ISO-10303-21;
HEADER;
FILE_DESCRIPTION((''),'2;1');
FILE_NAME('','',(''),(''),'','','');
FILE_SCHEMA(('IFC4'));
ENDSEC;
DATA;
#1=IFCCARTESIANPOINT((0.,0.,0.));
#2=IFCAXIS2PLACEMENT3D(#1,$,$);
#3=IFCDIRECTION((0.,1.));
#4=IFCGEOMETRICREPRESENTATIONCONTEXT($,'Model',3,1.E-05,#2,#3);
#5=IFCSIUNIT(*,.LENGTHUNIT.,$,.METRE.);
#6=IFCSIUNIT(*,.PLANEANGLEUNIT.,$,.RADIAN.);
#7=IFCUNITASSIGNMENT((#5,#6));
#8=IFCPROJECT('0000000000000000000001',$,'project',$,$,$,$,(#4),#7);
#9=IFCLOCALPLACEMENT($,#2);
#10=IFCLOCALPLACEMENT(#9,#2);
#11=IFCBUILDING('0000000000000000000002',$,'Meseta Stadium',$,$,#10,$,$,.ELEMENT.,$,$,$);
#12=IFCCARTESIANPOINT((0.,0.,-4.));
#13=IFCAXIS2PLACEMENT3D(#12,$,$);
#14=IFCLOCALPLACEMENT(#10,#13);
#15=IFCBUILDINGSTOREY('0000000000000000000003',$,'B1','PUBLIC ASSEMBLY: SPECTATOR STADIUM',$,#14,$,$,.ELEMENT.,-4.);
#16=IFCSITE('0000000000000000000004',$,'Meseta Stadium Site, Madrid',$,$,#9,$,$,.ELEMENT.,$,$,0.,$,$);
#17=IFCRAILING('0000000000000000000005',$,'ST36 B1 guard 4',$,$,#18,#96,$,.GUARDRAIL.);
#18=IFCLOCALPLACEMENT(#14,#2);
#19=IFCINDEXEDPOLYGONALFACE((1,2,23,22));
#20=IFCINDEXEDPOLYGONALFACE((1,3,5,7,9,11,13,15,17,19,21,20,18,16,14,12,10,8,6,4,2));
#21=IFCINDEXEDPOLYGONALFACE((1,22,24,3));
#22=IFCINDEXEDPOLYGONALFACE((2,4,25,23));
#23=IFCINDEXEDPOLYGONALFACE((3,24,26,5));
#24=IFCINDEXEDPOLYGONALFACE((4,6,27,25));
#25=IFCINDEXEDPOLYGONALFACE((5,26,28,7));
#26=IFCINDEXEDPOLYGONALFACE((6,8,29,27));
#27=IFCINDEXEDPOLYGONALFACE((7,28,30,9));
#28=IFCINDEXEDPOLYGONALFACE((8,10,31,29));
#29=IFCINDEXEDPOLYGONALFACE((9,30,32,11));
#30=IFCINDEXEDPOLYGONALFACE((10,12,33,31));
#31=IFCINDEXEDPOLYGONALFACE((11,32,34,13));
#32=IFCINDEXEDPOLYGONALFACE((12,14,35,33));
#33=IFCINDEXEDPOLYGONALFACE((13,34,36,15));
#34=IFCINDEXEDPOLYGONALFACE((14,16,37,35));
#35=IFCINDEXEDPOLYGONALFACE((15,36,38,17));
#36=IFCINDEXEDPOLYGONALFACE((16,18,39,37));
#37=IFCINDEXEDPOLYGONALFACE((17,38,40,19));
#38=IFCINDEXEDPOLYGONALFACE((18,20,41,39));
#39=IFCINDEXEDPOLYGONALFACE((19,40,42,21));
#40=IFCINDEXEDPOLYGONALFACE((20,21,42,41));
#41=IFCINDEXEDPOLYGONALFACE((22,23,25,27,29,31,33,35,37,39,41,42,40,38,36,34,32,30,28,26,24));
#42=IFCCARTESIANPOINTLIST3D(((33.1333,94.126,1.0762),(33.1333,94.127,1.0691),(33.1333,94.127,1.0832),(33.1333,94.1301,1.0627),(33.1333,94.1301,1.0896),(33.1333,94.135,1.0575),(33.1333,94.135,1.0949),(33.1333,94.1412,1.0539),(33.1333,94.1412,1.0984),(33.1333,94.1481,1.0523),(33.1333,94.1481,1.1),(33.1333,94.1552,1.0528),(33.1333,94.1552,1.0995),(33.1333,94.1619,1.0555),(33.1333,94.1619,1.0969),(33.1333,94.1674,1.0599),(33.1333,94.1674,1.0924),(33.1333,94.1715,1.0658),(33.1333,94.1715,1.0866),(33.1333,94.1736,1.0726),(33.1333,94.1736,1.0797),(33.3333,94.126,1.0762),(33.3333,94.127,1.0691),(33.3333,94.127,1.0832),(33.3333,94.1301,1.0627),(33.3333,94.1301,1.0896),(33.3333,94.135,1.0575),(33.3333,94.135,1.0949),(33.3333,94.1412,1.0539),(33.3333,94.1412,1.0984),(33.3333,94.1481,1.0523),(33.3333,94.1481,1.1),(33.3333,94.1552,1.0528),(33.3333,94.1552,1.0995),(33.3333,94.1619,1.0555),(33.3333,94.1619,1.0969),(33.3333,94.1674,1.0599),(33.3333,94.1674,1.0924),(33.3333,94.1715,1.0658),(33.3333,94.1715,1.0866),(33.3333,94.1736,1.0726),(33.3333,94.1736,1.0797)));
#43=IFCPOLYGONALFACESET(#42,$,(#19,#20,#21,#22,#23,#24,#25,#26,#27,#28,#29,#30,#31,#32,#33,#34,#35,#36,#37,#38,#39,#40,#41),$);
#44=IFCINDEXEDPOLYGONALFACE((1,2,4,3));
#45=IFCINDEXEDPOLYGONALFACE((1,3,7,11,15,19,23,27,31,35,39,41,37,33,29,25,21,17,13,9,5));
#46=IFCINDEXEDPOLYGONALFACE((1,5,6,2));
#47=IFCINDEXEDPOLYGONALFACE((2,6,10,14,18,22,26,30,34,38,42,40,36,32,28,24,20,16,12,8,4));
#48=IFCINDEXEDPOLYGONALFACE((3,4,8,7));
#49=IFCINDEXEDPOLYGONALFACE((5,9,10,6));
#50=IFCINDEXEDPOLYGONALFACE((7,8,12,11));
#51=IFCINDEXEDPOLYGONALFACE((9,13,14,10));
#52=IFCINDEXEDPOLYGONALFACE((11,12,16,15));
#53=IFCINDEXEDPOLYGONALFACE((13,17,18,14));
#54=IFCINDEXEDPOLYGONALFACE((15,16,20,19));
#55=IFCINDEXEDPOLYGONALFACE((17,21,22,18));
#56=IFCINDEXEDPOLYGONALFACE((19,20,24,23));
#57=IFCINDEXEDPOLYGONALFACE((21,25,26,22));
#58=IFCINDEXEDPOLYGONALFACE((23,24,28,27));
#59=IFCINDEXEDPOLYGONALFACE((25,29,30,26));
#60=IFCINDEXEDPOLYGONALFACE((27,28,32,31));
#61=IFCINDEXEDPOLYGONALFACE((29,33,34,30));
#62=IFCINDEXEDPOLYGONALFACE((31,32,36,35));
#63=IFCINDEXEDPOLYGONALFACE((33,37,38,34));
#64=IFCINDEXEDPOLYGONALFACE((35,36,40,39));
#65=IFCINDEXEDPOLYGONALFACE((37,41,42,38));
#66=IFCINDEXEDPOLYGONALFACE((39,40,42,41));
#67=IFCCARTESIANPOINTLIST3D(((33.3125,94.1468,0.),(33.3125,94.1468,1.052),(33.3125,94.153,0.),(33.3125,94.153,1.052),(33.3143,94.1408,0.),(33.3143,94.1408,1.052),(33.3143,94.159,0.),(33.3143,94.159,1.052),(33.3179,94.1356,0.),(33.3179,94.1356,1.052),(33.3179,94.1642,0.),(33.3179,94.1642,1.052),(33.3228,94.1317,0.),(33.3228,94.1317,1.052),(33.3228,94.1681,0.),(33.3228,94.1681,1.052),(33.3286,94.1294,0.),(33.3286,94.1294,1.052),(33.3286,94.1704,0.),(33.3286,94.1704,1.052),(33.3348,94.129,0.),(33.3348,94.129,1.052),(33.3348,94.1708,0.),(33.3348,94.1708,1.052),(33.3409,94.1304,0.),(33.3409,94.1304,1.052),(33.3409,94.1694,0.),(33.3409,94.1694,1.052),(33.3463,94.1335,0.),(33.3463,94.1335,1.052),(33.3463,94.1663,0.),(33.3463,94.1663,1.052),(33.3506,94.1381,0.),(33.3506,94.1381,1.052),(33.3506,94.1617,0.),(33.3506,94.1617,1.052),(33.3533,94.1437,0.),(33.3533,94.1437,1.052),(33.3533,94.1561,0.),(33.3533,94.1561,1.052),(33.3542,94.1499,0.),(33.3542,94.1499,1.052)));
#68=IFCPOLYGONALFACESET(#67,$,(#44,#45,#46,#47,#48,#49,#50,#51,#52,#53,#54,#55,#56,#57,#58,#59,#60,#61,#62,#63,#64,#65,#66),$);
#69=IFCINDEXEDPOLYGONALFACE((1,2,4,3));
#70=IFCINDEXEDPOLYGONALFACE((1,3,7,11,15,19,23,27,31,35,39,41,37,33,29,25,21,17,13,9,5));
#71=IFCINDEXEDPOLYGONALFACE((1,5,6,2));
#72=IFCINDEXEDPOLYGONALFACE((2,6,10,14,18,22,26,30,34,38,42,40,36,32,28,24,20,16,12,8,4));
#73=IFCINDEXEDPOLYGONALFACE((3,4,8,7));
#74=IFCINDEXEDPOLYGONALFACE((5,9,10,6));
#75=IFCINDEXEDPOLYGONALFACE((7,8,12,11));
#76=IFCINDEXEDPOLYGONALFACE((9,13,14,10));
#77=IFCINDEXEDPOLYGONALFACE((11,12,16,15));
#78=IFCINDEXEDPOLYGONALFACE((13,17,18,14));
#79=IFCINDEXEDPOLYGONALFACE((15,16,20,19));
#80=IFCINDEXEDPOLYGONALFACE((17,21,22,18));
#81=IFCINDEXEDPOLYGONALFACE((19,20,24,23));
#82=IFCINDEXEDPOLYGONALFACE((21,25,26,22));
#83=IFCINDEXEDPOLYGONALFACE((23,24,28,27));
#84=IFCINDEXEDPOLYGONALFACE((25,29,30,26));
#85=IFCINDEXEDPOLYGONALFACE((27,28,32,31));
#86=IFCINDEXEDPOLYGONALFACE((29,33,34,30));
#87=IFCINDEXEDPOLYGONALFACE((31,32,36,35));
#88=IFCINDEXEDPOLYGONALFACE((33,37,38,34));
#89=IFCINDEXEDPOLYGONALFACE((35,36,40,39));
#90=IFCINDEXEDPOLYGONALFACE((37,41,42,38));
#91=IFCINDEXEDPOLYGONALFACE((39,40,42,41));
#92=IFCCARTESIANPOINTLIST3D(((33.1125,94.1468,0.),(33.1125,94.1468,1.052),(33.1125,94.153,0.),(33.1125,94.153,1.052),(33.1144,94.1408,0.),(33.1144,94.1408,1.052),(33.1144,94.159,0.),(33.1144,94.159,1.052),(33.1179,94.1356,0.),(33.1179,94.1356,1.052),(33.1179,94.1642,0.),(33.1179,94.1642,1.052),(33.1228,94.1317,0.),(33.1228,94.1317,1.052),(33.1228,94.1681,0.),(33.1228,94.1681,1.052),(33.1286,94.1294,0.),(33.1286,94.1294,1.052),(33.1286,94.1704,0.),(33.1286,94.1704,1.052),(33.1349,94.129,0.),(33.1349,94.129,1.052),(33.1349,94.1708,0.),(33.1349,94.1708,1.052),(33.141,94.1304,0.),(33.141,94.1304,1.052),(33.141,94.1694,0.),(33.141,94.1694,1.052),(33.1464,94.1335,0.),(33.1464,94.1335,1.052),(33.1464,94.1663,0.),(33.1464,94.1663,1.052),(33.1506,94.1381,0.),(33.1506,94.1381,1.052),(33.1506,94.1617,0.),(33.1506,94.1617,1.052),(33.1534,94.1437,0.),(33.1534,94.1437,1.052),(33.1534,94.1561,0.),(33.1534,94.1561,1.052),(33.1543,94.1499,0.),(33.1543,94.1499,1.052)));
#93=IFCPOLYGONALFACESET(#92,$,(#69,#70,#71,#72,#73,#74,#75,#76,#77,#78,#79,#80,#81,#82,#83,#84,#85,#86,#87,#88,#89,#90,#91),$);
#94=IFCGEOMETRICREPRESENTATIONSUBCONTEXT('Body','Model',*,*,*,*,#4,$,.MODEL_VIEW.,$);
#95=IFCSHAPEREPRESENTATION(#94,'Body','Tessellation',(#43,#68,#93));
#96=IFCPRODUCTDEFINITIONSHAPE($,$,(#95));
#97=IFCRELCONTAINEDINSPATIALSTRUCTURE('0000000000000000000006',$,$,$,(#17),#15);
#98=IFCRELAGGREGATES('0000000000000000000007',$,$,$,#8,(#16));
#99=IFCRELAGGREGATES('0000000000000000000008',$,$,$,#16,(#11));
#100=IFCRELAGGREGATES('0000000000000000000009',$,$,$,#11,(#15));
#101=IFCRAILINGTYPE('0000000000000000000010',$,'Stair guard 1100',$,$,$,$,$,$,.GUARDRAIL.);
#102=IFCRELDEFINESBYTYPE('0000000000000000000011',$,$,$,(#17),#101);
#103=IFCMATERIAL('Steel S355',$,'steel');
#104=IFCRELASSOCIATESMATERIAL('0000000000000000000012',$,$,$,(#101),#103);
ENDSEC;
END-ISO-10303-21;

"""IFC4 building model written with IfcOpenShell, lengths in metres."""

from ifc_helpers import new_model, si_unit, direction, frame, origin, origin_2d, place, context, subcontext, project, spatial, circle, extrude, material, type_object, element, save


model = new_model("IFC4")

# Units and contexts
model_context = context("Model", 3, precision=1e-05, world=origin(), true_north=direction((0.0, 1.0)))
body_context = subcontext(model_context, "Body", "Model", "MODEL_VIEW")
ifc_project = project(units=[si_unit("LENGTHUNIT", "METRE"), si_unit("PLANEANGLEUNIT", "RADIAN")], contexts=[model_context])

# Site, building, storey
site_placement = place(None, origin())
site = spatial("IfcSite", under=ifc_project, at=site_placement, Name="Meseta Stadium Site, Madrid", CompositionType="ELEMENT", RefElevation=0.0)
building_placement = place(site_placement, origin())
building = spatial("IfcBuilding", under=site, at=building_placement, Name="Meseta Stadium", CompositionType="ELEMENT")
storey_placement = place(building_placement, frame((0.0, 0.0, -4.0)))
storey = spatial("IfcBuildingStorey", under=building, at=storey_placement, Name="B1", Description="PUBLIC ASSEMBLY: SPECTATOR STADIUM", CompositionType="ELEMENT", Elevation=-4.0)

# Railing
ifc_material_1 = material(Name="Steel S355", Category="steel")
railing_type_1 = type_object("IfcRailingType", Name="Stair guard 1100", PredefinedType="GUARDRAIL", material=ifc_material_1)
railing_1_placement = place(storey_placement, frame((33.3333, 94.1499, 0.0)))
element("IfcRailing", 1, at=railing_1_placement, inside=storey, type_object=railing_type_1, Name="ST36 B1 guard 4", PredefinedType="GUARDRAIL", context=body_context, shape_type="SweptSolid", body=[
    extrude(circle(Radius=0.0239, at=origin_2d()), frame((0.0, 0.0, 1.0762), z_axis=(-1.0, 0.0, 0.0), x_axis=(0.0, -1.0, 0.0)), (0.0, 0.0, 1.0), 0.2),
    extrude(circle(Radius=0.021, at=origin_2d()), origin(), (0.0, 0.0, 1.0), 1.052),
    extrude(circle(Radius=0.021, at=origin_2d()), frame((-0.2, 0.0, 0.0)), (0.0, 0.0, 1.0), 1.052),
])

save(model, "model.ifc")
